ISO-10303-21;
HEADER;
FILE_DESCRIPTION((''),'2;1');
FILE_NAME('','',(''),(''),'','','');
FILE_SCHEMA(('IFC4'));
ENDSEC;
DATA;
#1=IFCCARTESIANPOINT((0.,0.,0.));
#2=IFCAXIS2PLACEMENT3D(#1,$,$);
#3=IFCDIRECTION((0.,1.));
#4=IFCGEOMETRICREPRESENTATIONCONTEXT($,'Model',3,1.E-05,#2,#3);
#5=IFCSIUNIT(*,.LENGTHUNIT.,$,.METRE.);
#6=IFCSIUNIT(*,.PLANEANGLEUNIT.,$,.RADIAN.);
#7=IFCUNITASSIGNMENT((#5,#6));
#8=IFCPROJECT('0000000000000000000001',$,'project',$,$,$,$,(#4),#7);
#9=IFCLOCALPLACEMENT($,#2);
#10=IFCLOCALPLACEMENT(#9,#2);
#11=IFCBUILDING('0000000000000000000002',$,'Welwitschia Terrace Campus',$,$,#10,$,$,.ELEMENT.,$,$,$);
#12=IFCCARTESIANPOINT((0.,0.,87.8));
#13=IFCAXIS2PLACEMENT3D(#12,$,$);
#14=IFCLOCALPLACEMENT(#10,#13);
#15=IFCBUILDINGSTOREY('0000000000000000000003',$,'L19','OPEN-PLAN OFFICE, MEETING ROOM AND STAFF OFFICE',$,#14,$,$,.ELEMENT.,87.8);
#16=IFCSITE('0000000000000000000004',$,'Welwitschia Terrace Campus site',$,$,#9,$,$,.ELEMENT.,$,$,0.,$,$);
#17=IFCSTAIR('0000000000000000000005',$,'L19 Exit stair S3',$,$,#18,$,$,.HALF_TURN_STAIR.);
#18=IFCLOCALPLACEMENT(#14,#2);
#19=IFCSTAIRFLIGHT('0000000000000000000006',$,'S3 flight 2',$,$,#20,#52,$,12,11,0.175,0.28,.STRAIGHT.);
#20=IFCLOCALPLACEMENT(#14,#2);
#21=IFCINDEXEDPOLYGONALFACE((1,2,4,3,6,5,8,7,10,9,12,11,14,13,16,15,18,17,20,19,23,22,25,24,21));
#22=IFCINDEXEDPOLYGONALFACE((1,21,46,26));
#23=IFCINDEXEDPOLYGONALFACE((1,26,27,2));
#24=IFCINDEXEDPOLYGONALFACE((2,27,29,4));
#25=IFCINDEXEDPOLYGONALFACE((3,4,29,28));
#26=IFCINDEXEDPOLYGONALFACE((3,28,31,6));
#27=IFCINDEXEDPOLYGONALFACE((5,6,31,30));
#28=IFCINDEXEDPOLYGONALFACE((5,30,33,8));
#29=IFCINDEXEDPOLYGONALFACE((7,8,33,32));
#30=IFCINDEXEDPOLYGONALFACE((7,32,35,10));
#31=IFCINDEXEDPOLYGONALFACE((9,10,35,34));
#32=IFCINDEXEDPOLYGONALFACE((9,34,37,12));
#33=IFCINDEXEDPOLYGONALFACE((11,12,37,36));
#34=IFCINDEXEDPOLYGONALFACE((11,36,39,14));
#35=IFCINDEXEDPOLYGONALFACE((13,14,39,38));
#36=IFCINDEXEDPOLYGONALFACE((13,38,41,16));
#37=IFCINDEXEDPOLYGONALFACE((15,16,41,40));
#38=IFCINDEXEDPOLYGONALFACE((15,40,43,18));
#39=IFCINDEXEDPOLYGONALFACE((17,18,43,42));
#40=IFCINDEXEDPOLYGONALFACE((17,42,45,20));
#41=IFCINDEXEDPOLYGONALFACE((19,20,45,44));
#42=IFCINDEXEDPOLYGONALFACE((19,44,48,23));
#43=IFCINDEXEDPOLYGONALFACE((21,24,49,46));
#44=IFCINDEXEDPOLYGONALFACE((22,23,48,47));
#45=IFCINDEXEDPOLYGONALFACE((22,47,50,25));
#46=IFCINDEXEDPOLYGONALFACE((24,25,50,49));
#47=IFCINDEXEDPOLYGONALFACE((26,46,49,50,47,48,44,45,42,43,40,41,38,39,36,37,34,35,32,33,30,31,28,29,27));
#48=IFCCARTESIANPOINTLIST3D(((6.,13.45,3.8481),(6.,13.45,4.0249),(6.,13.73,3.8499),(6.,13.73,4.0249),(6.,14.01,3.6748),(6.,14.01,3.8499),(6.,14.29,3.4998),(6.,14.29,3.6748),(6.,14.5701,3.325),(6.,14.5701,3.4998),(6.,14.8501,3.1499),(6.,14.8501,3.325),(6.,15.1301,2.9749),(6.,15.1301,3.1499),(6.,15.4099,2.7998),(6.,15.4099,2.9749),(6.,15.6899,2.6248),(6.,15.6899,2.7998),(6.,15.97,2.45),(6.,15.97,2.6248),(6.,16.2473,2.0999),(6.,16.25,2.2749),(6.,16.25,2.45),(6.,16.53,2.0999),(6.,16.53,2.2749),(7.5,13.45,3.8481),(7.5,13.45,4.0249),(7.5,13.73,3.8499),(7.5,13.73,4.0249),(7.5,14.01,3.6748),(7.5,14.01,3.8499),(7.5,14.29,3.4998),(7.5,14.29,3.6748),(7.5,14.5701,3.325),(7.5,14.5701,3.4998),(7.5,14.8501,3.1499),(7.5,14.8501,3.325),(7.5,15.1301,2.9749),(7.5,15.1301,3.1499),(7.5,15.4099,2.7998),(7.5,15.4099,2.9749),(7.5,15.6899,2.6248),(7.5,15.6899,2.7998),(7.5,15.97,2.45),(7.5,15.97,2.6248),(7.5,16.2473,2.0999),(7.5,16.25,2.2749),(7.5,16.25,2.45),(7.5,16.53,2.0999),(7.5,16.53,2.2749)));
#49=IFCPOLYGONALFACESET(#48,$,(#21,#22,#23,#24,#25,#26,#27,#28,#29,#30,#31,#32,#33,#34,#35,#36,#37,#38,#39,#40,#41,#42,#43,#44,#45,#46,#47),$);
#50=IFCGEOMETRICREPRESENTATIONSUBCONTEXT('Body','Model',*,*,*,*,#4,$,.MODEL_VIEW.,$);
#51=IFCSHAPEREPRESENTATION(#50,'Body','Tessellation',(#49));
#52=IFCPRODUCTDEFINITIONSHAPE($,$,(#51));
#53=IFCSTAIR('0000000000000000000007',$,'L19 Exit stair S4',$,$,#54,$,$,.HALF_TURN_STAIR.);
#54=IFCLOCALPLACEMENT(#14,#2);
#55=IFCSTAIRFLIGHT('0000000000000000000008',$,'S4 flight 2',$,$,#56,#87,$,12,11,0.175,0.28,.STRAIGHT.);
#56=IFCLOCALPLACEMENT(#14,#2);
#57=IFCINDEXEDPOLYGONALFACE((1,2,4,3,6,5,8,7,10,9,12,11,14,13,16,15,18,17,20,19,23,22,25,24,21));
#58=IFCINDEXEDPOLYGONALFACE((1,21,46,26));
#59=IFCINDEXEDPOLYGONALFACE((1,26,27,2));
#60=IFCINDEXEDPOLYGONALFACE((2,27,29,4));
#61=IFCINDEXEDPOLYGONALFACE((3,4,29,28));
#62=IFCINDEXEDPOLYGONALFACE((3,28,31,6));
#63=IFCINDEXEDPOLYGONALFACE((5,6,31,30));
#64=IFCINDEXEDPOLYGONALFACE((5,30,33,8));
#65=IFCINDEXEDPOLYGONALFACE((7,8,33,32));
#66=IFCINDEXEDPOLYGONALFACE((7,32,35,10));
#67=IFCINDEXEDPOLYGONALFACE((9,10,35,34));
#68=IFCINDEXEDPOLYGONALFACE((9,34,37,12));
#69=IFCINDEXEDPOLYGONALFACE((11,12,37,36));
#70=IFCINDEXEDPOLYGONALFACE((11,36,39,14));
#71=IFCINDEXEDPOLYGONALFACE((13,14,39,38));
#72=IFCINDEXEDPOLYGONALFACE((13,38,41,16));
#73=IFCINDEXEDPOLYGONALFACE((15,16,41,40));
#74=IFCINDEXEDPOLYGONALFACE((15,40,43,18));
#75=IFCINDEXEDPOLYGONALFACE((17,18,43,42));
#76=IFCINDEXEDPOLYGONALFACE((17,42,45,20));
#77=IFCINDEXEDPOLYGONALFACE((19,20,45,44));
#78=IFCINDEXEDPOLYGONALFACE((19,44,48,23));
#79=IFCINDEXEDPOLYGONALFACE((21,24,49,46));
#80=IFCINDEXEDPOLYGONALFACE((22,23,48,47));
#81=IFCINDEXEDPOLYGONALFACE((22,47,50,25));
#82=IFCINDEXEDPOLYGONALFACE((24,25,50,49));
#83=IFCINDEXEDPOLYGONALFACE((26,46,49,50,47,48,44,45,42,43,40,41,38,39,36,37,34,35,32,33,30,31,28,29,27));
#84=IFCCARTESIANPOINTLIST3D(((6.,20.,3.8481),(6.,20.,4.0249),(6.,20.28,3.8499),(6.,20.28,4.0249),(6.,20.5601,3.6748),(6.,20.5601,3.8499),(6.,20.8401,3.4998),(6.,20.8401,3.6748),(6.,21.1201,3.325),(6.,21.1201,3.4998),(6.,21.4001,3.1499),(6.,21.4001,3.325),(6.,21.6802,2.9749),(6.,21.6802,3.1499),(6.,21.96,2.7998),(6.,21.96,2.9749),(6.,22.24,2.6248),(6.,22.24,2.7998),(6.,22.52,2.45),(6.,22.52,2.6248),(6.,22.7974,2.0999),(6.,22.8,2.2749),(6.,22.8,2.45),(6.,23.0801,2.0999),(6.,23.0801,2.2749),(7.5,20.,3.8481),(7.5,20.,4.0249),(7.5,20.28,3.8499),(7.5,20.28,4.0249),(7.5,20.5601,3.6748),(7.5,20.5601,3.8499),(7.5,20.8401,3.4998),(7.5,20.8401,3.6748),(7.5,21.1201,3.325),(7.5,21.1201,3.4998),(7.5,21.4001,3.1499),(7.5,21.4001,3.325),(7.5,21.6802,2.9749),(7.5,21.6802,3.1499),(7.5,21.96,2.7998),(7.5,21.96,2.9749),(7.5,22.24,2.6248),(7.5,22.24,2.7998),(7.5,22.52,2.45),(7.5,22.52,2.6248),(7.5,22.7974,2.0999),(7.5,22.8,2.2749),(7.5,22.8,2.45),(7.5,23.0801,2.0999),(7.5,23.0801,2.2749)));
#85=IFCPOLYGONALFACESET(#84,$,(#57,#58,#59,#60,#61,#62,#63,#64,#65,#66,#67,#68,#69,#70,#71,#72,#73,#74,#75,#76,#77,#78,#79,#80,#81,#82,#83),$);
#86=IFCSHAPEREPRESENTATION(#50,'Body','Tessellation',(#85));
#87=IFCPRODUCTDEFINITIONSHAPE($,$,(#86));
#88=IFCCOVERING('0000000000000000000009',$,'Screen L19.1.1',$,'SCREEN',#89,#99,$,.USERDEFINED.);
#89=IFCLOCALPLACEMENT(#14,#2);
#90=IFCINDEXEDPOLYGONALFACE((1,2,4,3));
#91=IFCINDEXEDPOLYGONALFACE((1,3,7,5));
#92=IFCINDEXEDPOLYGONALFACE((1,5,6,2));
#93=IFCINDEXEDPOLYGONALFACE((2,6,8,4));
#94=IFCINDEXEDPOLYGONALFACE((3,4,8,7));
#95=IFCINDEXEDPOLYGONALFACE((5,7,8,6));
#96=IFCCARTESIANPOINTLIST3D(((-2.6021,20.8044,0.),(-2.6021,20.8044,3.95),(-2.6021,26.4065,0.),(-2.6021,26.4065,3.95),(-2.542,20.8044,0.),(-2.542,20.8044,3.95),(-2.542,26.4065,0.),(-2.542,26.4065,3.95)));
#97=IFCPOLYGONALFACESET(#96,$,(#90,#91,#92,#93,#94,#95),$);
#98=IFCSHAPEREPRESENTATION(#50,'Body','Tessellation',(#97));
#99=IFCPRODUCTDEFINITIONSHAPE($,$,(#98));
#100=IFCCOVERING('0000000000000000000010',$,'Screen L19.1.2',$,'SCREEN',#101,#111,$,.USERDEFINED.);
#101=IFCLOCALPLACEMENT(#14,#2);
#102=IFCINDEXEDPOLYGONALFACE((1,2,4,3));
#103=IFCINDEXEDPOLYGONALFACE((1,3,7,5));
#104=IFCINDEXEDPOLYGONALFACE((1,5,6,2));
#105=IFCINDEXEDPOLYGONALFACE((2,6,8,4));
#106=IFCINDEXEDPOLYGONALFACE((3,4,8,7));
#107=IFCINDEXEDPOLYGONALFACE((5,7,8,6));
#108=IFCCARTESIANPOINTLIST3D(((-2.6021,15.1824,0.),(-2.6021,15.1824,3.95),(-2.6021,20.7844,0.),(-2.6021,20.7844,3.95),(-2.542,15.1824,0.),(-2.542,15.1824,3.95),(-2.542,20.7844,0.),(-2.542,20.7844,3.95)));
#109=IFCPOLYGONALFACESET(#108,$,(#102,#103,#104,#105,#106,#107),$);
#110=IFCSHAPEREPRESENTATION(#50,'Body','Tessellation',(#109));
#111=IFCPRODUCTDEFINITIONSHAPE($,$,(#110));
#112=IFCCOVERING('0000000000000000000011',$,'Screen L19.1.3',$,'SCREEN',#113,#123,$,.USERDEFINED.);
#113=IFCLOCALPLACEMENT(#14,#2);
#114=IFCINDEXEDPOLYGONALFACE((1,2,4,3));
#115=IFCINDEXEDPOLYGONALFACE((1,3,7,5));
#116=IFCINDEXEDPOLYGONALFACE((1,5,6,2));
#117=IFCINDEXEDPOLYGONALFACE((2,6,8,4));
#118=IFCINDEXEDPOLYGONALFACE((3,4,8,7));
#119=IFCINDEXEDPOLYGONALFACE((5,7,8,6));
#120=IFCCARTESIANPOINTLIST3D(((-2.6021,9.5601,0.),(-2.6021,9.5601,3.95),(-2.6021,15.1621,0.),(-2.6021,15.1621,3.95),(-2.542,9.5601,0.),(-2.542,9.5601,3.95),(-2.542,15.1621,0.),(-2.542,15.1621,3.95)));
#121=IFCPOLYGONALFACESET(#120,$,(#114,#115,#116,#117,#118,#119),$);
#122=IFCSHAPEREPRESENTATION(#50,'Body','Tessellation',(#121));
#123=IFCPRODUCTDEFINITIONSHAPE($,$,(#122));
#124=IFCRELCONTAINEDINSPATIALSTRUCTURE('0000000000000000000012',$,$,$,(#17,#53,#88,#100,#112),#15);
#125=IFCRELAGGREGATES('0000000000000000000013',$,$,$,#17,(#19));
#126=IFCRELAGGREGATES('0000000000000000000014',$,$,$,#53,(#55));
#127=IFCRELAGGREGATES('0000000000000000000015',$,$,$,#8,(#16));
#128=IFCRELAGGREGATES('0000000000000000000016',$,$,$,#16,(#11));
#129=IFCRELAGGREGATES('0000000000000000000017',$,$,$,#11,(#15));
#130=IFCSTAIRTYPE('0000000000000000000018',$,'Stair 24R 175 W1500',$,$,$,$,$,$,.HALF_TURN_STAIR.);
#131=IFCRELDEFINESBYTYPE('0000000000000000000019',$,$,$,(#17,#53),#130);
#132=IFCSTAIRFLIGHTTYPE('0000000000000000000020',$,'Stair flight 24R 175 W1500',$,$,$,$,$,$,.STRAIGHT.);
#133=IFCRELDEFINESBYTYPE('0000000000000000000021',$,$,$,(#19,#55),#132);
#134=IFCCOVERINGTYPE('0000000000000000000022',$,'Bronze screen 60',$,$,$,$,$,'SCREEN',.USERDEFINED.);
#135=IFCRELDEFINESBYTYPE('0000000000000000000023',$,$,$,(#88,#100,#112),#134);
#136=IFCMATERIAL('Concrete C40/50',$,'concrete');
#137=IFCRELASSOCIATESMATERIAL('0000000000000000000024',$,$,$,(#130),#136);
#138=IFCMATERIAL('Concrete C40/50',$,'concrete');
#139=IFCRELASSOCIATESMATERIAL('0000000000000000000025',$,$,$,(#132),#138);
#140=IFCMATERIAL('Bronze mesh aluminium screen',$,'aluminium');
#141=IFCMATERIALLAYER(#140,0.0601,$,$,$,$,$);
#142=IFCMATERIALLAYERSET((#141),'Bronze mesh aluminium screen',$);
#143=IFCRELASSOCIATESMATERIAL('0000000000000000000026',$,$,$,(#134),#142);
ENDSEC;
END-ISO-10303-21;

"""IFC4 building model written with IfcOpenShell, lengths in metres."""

from ifc_helpers import new_model, si_unit, direction, frame, origin, origin_2d, place, context, subcontext, project, spatial, polyline, rectangle, outline, extrude, material, layer, layer_set, type_object, element, aggregate, save


model = new_model("IFC4")

# Units and contexts
model_context = context("Model", 3, precision=1e-05, world=origin(), true_north=direction((0.0, 1.0)))
body_context = subcontext(model_context, "Body", "Model", "MODEL_VIEW")
ifc_project = project(units=[si_unit("LENGTHUNIT", "METRE"), si_unit("PLANEANGLEUNIT", "RADIAN")], contexts=[model_context])

# Site, building, storey
site_placement = place(None, origin())
site = spatial("IfcSite", under=ifc_project, at=site_placement, Name="Welwitschia Terrace Campus site", CompositionType="ELEMENT", RefElevation=0.0)
building_placement = place(site_placement, origin())
building = spatial("IfcBuilding", under=site, at=building_placement, Name="Welwitschia Terrace Campus", CompositionType="ELEMENT")
storey_placement = place(building_placement, frame((0.0, 0.0, 87.8)))
storey = spatial("IfcBuildingStorey", under=building, at=storey_placement, Name="L19", Description="OPEN-PLAN OFFICE, MEETING ROOM AND STAFF OFFICE", CompositionType="ELEMENT", Elevation=87.8)

# Stairs, stair flights
ifc_material_1 = material(Name="Concrete C40/50", Category="concrete")
stair_type = type_object("IfcStairType", Name="Stair 24R 175 W1500", PredefinedType="HALF_TURN_STAIR", material=ifc_material_1)
stair_1_placement = place(storey_placement, origin())
stair_1 = element("IfcStair", 1, at=stair_1_placement, inside=storey, type_object=stair_type, Name="L19 Exit stair S3", PredefinedType="HALF_TURN_STAIR")
ifc_material_2 = material(Name="Concrete C40/50", Category="concrete")
stair_flight_type = type_object("IfcStairFlightType", Name="Stair flight 24R 175 W1500", PredefinedType="STRAIGHT", material=ifc_material_2)
stair_flight_1_placement = place(storey_placement, frame((6.75, 16.53, 2.0999), z_axis=(0.0, 0.0, 1.0), x_axis=(0.0, -1.0, 0.0)))
stair_flight_1 = element("IfcStairFlight", 2, at=stair_flight_1_placement, type_object=stair_flight_type, Name="S3 flight 2", NumberOfRisers=12, NumberOfTreads=11, PredefinedType="STRAIGHT", RiserHeight=0.175, TreadLength=0.28, context=body_context, shape_type="SweptSolid", body=[
    extrude(outline(polyline([(0.0, 0.0), (0.0, 0.175), (0.28, 0.175), (0.28, 0.3501), (0.5601, 0.3501), (0.5601, 0.5249), (0.8401, 0.5249), (0.8401, 0.7), (1.1201, 0.7), (1.1201, 0.875), (1.3999, 0.875), (1.3999, 1.05), (1.6799, 1.05), (1.6799, 1.2251), (1.96, 1.2251), (1.96, 1.3999), (2.24, 1.3999), (2.24, 1.575), (2.52, 1.575), (2.52, 1.75), (2.8, 1.75), (2.8, 1.925), (3.0801, 1.925), (3.0801, 2.1001), (3.0801, 1.7483), (0.2827, 0.0), (0.0, 0.0)])), frame((0.0, 0.75, 0.0), z_axis=(0.0, -1.0, 0.0), x_axis=(1.0, 0.0, 0.0)), (0.0, 0.0, 1.0), 1.5),
])
aggregate(stair_1, [stair_flight_1])
stair_2_placement = place(storey_placement, origin())
stair_2 = element("IfcStair", 3, at=stair_2_placement, inside=storey, type_object=stair_type, Name="L19 Exit stair S4", PredefinedType="HALF_TURN_STAIR")
stair_flight_2_placement = place(storey_placement, frame((6.75, 23.0801, 2.0999), z_axis=(0.0, 0.0, 1.0), x_axis=(0.0, -1.0, 0.0)))
stair_flight_2 = element("IfcStairFlight", 4, at=stair_flight_2_placement, type_object=stair_flight_type, Name="S4 flight 2", NumberOfRisers=12, NumberOfTreads=11, PredefinedType="STRAIGHT", RiserHeight=0.175, TreadLength=0.28, context=body_context, shape_type="SweptSolid", body=[
    extrude(outline(polyline([(0.0, 0.0), (0.0, 0.175), (0.28, 0.175), (0.28, 0.3501), (0.5601, 0.3501), (0.5601, 0.5249), (0.8401, 0.5249), (0.8401, 0.7), (1.1201, 0.7), (1.1201, 0.875), (1.3999, 0.875), (1.3999, 1.05), (1.6799, 1.05), (1.6799, 1.2251), (1.96, 1.2251), (1.96, 1.3999), (2.24, 1.3999), (2.24, 1.575), (2.52, 1.575), (2.52, 1.75), (2.8, 1.75), (2.8, 1.925), (3.0801, 1.925), (3.0801, 2.1001), (3.0801, 1.7483), (0.2827, 0.0), (0.0, 0.0)])), frame((0.0, 0.75, 0.0), z_axis=(0.0, -1.0, 0.0), x_axis=(1.0, 0.0, 0.0)), (0.0, 0.0, 1.0), 1.5),
])
aggregate(stair_2, [stair_flight_2])

# Coverings
ifc_material_3 = material(Name="Bronze mesh aluminium screen", Category="aluminium")
ifc_layer_1 = layer(ifc_material_3, 0.0601)
ifc_layer_set_1 = layer_set([ifc_layer_1], Name="Bronze mesh aluminium screen")
covering_type = type_object("IfcCoveringType", Name="Bronze screen 60", ElementType="SCREEN", PredefinedType="USERDEFINED", material=ifc_layer_set_1)
for number, where, z_axis, x_axis, name in (
    (5, (-2.572, 23.6055, 0.0), (0.0, 0.0, 1.0), (0.0, -1.0, 0.0), "Screen L19.1.1"),
    (6, (-2.572, 17.9834, 0.0), (0.0, 0.0, 1.0), (0.0, -1.0, 0.0), "Screen L19.1.2"),
    (7, (-2.572, 12.3611, 0.0), (0.0, 0.0, 1.0), (0.0, -1.0, 0.0), "Screen L19.1.3"),
):
    element("IfcCovering", number, at=place(storey_placement, frame(where, z_axis=z_axis, x_axis=x_axis)), inside=storey, type_object=covering_type, Name=name, ObjectType="SCREEN", PredefinedType="USERDEFINED", context=body_context, shape_type="SweptSolid", body=[
        extrude(rectangle(XDim=5.6021, YDim=0.0601, at=origin_2d()), origin(), (0.0, 0.0, 1.0), 3.95),
    ])

save(model, "model.ifc")
